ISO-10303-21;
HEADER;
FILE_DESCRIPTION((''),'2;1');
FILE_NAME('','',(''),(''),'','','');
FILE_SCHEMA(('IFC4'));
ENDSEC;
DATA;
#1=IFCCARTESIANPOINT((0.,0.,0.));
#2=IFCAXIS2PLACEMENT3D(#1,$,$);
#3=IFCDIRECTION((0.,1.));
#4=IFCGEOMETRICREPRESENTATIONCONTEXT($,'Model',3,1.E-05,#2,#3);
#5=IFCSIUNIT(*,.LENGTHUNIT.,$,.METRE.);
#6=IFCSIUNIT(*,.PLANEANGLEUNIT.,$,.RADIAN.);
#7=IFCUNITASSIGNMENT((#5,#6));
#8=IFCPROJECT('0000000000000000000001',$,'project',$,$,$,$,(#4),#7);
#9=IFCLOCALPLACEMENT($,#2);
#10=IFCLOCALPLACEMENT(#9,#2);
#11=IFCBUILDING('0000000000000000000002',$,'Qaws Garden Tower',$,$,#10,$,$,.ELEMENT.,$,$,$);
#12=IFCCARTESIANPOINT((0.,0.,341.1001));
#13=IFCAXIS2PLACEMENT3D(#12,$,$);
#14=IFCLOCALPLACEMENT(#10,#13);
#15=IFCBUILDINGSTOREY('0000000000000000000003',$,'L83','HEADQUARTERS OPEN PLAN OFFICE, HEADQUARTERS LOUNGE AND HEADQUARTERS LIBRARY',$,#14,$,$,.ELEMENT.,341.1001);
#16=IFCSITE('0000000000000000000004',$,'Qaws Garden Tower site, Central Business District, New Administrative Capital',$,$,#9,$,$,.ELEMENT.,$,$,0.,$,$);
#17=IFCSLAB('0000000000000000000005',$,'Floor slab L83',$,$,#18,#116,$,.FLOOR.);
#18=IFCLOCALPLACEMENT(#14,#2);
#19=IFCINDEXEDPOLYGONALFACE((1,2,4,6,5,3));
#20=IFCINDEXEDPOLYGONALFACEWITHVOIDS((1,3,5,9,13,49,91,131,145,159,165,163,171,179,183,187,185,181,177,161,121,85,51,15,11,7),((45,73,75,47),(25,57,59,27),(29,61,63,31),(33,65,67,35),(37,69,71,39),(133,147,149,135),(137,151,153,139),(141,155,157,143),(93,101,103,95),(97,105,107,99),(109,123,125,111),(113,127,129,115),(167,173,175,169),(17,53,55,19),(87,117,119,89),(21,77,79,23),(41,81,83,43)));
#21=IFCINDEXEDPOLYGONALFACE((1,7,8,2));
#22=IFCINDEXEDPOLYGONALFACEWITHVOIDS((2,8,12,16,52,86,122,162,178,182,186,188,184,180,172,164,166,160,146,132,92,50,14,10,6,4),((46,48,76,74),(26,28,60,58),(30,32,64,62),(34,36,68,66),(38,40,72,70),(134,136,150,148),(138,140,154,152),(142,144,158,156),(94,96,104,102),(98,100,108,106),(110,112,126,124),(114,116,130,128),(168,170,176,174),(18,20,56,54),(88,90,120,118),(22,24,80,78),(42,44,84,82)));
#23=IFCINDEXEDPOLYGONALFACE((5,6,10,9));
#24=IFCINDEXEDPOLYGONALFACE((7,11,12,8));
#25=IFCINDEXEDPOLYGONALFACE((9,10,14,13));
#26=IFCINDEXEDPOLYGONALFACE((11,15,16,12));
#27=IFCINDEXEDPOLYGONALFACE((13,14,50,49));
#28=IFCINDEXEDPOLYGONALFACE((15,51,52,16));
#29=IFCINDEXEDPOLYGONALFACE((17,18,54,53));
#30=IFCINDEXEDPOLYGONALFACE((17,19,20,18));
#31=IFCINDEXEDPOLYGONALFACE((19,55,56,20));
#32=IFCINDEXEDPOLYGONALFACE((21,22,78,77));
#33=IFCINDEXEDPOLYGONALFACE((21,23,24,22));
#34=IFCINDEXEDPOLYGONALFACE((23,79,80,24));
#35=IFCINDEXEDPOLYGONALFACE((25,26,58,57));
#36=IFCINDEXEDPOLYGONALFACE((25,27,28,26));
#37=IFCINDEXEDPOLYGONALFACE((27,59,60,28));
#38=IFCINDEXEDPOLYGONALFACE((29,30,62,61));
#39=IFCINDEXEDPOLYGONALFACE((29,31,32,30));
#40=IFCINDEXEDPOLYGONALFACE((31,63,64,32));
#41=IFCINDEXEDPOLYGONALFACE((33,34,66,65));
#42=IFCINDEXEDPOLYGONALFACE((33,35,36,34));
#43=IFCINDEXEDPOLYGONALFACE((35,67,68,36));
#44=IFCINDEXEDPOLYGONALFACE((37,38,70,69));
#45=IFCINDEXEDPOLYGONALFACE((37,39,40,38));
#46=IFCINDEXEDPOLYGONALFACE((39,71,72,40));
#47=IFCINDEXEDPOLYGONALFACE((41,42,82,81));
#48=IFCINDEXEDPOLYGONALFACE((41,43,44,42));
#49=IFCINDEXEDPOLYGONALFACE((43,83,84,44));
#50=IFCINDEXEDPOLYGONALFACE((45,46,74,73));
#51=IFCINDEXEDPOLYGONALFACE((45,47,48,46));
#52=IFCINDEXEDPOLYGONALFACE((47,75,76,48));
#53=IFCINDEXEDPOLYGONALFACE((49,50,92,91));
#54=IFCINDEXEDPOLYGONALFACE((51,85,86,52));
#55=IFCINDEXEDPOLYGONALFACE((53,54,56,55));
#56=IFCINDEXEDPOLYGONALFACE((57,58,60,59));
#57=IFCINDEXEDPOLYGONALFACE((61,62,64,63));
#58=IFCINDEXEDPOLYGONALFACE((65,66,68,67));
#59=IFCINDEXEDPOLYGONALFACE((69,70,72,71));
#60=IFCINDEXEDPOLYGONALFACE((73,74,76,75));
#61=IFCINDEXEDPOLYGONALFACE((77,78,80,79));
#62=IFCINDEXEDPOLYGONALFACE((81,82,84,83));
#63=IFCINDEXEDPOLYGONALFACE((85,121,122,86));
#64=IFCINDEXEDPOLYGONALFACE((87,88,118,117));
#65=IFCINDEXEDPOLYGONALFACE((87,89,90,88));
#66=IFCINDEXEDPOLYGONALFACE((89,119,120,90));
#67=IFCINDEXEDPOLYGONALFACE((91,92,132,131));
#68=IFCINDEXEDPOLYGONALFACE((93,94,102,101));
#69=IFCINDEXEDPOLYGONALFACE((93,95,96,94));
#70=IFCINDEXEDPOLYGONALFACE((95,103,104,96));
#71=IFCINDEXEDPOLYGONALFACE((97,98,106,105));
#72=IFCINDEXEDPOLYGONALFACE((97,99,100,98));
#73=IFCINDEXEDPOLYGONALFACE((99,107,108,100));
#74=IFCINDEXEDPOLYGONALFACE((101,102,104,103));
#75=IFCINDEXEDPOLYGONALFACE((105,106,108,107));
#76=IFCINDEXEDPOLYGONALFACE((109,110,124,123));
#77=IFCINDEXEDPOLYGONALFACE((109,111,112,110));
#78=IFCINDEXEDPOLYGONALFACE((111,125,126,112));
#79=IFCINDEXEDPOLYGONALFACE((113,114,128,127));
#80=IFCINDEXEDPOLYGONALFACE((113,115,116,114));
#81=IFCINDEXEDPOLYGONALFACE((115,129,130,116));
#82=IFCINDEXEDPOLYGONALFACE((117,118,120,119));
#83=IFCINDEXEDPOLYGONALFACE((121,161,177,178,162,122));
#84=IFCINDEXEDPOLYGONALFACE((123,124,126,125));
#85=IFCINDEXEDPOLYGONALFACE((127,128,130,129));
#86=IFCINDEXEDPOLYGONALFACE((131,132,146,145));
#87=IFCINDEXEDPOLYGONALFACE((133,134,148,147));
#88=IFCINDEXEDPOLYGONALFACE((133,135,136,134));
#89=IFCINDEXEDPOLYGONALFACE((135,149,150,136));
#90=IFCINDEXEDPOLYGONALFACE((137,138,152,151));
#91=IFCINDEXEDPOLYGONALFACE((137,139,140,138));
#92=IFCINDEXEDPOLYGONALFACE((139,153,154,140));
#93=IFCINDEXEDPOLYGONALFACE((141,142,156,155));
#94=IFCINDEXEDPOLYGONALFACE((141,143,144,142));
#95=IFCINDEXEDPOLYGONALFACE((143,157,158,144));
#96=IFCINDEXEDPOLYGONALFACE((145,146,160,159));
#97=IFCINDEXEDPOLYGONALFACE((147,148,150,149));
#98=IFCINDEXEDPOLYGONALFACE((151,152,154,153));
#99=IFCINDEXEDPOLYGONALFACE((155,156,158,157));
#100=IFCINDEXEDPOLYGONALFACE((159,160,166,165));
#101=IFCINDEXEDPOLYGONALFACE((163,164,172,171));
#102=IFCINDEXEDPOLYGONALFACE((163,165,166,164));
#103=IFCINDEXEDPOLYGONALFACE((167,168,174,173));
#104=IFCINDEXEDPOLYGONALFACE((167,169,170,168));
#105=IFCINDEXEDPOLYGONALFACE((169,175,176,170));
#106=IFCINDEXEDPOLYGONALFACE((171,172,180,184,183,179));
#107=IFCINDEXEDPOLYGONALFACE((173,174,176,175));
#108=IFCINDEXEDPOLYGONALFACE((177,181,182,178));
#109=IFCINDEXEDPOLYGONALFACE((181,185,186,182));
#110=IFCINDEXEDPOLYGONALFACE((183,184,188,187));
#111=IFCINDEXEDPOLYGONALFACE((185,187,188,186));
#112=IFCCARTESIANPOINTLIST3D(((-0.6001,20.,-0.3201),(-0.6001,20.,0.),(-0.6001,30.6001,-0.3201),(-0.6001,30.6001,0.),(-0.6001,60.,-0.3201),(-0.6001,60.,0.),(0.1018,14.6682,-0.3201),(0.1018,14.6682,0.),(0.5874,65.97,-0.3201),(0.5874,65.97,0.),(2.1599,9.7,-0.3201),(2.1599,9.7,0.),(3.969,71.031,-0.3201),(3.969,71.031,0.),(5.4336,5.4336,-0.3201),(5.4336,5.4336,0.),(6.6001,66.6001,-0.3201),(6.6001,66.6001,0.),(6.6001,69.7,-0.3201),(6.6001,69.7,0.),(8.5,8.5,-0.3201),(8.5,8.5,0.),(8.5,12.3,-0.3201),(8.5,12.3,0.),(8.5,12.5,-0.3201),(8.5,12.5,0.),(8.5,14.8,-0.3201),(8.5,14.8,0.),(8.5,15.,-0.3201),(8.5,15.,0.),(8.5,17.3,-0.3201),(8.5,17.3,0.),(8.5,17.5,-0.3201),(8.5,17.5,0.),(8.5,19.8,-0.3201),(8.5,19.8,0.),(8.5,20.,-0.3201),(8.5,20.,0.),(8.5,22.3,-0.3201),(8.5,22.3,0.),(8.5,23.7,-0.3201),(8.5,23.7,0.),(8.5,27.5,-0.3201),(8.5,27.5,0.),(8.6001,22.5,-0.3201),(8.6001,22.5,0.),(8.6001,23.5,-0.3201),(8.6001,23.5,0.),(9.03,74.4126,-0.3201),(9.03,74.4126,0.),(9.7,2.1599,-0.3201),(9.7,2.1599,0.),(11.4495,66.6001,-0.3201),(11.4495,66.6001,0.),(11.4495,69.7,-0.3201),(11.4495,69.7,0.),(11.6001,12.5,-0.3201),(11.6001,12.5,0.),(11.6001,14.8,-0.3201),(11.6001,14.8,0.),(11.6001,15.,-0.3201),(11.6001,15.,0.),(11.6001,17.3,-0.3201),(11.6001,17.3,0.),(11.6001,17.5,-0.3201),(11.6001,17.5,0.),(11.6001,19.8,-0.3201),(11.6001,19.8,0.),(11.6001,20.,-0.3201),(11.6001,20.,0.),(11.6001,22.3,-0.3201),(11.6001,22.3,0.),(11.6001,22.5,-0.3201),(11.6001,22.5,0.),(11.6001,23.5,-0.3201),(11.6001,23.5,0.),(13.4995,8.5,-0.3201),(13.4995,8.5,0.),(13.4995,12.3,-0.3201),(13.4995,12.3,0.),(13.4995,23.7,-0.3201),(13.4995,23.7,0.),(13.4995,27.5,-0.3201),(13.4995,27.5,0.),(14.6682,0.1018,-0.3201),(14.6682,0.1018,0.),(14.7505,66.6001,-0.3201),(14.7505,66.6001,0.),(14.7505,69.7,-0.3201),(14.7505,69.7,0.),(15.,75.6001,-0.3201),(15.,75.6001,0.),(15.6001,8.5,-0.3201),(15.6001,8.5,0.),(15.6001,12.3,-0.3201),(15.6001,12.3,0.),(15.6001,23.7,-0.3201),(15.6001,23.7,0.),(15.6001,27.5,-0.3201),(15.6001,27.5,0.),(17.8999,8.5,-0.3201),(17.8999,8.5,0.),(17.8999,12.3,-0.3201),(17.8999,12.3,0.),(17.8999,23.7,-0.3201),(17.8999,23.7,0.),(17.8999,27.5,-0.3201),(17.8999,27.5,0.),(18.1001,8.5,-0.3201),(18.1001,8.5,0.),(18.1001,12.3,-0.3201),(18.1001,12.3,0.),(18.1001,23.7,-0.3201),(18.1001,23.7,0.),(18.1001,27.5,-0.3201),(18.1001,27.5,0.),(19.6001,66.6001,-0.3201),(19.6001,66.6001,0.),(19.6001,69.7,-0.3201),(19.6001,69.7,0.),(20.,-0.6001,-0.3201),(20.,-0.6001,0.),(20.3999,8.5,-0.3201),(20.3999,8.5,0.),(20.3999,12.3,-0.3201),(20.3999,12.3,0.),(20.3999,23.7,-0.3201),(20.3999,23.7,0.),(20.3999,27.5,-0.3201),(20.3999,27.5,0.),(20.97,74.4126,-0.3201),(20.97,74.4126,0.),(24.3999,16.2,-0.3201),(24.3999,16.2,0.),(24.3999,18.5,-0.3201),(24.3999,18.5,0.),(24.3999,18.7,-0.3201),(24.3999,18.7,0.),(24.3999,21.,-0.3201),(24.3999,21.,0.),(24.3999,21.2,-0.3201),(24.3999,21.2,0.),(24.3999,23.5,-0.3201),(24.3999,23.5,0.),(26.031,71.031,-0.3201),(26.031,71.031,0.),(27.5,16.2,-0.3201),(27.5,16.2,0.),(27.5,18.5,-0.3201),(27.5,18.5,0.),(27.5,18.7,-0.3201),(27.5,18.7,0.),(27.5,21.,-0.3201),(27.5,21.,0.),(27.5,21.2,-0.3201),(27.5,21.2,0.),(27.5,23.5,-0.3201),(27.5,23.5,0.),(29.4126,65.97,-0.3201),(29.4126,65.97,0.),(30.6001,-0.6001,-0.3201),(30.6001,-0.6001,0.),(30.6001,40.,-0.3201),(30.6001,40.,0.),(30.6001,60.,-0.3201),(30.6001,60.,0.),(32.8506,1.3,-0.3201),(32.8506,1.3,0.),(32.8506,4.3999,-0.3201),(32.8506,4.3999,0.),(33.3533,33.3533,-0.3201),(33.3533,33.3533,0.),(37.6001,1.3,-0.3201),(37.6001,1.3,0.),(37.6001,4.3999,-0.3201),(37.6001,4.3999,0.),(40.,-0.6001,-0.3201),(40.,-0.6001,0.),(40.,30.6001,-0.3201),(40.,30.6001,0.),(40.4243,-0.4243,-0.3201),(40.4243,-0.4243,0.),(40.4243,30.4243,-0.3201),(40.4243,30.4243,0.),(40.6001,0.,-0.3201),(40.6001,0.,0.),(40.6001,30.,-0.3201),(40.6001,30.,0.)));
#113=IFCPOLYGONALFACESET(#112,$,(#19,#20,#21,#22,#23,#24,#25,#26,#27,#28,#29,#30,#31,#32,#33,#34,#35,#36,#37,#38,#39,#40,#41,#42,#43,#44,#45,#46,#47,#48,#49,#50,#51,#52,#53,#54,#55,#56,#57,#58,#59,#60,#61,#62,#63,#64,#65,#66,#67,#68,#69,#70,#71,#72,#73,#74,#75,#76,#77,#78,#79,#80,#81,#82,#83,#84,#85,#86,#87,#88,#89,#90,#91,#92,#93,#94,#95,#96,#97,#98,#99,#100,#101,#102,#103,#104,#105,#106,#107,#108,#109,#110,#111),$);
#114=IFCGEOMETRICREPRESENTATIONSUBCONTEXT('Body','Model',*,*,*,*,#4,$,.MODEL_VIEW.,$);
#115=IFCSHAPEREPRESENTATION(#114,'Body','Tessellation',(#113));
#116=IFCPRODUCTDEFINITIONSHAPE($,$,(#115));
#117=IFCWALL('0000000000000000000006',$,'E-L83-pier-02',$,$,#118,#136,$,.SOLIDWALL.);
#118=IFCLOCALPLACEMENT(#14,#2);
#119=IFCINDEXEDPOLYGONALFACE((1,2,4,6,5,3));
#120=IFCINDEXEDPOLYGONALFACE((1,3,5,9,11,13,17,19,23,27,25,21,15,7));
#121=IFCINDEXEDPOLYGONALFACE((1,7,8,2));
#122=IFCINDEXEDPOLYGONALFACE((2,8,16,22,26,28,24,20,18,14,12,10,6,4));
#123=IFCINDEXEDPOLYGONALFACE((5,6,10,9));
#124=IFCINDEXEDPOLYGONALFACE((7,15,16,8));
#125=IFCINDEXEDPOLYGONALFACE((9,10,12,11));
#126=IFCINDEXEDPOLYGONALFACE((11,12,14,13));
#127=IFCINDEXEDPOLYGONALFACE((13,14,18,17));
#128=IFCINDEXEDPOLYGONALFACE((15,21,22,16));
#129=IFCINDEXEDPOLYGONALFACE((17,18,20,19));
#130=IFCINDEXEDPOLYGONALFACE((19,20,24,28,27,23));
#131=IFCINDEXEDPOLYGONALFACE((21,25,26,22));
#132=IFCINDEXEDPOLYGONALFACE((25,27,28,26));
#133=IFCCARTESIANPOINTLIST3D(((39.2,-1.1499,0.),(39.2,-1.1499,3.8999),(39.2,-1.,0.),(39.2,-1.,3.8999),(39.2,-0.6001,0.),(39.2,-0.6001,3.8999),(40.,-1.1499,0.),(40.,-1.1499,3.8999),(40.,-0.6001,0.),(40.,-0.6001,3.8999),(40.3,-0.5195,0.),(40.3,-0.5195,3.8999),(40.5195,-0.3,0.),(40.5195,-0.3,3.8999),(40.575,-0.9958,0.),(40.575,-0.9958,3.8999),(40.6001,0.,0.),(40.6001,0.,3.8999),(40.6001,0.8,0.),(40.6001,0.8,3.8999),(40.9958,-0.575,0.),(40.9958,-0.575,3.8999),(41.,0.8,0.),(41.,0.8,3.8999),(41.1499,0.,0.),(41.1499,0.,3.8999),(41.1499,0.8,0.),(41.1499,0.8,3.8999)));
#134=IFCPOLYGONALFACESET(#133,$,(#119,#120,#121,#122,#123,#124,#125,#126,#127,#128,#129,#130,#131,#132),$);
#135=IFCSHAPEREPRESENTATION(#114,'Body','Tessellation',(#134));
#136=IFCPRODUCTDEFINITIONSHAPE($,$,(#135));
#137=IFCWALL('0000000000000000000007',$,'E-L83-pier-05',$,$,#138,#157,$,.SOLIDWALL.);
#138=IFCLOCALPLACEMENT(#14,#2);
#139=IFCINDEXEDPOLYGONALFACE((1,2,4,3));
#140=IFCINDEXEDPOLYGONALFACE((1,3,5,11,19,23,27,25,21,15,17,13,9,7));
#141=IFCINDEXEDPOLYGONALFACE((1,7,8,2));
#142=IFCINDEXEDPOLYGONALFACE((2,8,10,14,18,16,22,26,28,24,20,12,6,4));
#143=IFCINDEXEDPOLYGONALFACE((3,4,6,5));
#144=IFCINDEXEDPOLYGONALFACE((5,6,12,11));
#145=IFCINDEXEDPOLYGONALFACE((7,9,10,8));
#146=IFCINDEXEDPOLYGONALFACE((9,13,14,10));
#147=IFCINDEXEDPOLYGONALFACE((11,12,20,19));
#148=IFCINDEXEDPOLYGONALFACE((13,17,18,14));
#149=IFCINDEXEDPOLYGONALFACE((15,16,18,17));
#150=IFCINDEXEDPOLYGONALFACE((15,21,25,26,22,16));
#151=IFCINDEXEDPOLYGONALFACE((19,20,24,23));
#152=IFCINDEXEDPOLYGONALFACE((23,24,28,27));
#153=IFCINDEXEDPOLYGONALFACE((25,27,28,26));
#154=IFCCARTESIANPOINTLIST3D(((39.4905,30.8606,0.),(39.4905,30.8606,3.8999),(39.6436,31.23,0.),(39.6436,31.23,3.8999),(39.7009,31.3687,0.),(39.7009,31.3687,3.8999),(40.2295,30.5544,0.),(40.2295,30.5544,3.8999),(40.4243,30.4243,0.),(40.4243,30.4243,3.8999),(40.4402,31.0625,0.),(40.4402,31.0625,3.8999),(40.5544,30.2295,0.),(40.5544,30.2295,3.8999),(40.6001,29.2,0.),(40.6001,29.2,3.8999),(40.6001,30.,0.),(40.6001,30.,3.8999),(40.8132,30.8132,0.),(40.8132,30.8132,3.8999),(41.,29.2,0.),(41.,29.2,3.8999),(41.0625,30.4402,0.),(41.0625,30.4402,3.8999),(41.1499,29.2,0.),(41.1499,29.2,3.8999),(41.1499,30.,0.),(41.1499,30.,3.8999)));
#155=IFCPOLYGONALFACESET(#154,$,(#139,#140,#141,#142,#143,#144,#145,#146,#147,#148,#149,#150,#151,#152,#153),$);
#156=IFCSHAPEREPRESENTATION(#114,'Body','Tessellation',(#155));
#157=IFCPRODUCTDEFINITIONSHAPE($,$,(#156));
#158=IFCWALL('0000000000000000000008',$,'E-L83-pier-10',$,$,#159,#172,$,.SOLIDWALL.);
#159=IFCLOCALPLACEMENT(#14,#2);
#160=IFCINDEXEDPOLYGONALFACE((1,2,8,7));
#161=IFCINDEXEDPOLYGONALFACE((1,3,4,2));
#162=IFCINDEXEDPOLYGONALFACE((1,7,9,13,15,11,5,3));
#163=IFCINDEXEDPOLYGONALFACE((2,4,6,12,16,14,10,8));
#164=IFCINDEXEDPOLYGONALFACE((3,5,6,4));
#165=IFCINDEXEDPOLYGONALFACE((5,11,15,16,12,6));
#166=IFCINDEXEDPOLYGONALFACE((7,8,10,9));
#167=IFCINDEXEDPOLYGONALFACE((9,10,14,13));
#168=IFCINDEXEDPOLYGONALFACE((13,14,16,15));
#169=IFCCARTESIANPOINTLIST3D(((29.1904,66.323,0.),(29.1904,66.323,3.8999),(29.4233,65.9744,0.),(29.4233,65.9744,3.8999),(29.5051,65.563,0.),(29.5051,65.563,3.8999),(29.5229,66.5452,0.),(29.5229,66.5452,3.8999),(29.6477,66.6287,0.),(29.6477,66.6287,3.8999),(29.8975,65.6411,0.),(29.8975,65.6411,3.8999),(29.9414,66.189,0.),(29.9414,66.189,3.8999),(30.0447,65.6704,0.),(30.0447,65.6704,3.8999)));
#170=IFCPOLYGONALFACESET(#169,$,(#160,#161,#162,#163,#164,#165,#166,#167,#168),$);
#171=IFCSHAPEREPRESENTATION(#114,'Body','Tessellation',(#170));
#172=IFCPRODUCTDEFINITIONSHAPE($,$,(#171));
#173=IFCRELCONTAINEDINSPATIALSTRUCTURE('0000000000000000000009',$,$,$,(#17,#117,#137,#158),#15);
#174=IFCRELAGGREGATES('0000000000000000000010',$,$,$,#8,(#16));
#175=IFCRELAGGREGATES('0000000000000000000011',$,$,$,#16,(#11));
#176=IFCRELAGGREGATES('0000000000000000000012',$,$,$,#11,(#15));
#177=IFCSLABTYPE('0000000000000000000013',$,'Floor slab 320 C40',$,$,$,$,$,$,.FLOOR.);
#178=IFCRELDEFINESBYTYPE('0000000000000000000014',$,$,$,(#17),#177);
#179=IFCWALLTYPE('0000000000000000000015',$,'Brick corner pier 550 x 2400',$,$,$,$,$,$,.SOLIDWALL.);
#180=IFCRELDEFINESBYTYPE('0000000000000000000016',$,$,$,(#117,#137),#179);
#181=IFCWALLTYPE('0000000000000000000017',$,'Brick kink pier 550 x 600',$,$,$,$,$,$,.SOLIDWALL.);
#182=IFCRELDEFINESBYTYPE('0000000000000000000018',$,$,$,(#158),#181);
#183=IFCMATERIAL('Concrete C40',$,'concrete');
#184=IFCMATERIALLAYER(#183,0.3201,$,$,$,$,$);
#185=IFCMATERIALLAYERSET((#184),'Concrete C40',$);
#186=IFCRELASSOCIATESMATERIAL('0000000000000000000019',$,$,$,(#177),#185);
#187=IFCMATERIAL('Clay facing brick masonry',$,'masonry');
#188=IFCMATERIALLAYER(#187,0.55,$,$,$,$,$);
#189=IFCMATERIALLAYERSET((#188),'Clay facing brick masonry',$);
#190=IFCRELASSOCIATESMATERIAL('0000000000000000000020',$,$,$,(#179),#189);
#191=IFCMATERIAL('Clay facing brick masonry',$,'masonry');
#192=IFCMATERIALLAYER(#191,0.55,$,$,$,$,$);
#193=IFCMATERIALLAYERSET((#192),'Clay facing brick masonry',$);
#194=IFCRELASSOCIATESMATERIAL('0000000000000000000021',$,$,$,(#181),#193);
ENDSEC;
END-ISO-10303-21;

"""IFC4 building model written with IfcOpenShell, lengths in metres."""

from ifc_helpers import new_model, si_unit, direction, frame, origin, place, context, subcontext, project, spatial, polyline, outline, extrude, material, layer, layer_set, type_object, element, save


model = new_model("IFC4")

# Units and contexts
model_context = context("Model", 3, precision=1e-05, world=origin(), true_north=direction((0.0, 1.0)))
body_context = subcontext(model_context, "Body", "Model", "MODEL_VIEW")
ifc_project = project(units=[si_unit("LENGTHUNIT", "METRE"), si_unit("PLANEANGLEUNIT", "RADIAN")], contexts=[model_context])

# Site, building, storey
site_placement = place(None, origin())
site = spatial("IfcSite", under=ifc_project, at=site_placement, Name="Qaws Garden Tower site, Central Business District, New Administrative Capital", CompositionType="ELEMENT", RefElevation=0.0)
building_placement = place(site_placement, origin())
building = spatial("IfcBuilding", under=site, at=building_placement, Name="Qaws Garden Tower", CompositionType="ELEMENT")
storey_placement = place(building_placement, frame((0.0, 0.0, 341.1001)))
storey = spatial("IfcBuildingStorey", under=building, at=storey_placement, Name="L83", Description="HEADQUARTERS OPEN PLAN OFFICE, HEADQUARTERS LOUNGE AND HEADQUARTERS LIBRARY", CompositionType="ELEMENT", Elevation=341.1001)

# Slab
ifc_material_1 = material(Name="Concrete C40", Category="concrete")
ifc_layer_1 = layer(ifc_material_1, 0.3201)
ifc_layer_set_1 = layer_set([ifc_layer_1], Name="Concrete C40")
slab_type = type_object("IfcSlabType", Name="Floor slab 320 C40", PredefinedType="FLOOR", material=ifc_layer_set_1)
slab_placement = place(storey_placement, frame((0.0, 0.0, -0.3201)))
element("IfcSlab", 1, at=slab_placement, inside=storey, type_object=slab_type, Name="Floor slab L83", PredefinedType="FLOOR", context=body_context, shape_type="SweptSolid", body=[
    extrude(outline(polyline([(0.1018, 14.6682), (-0.6001, 20.0), (-0.6001, 30.6001), (-0.6001, 60.0), (-0.6001, 60.0), (0.5874, 65.97), (3.969, 71.031), (9.03, 74.4126), (15.0, 75.6001), (20.97, 74.4126), (26.031, 71.031), (29.4126, 65.97), (30.6001, 60.0), (30.6001, 40.0), (33.3533, 33.3533), (40.0, 30.6001), (40.4243, 30.4243), (40.6001, 30.0), (40.6001, 0.0), (40.4243, -0.4243), (40.0, -0.6001), (30.6001, -0.6001), (20.0, -0.6001), (14.6682, 0.1018), (9.7, 2.1599), (5.4336, 5.4336), (2.1599, 9.7), (0.1018, 14.6682)]), holes=[polyline([(13.4995, 12.3), (8.5, 12.3), (8.5, 8.5), (13.4995, 8.5), (13.4995, 12.3)]), polyline([(17.8999, 12.3), (15.6001, 12.3), (15.6001, 8.5), (17.8999, 8.5), (17.8999, 12.3)]), polyline([(11.6001, 14.8), (8.5, 14.8), (8.5, 12.5), (11.6001, 12.5), (11.6001, 14.8)]), polyline([(11.6001, 17.3), (8.5, 17.3), (8.5, 15.0), (11.6001, 15.0), (11.6001, 17.3)]), polyline([(11.6001, 19.8), (8.5, 19.8), (8.5, 17.5), (11.6001, 17.5), (11.6001, 19.8)]), polyline([(11.6001, 22.3), (8.5, 22.3), (8.5, 20.0), (11.6001, 20.0), (11.6001, 22.3)]), polyline([(11.6001, 23.5), (8.6001, 23.5), (8.6001, 22.5), (11.6001, 22.5), (11.6001, 23.5)]), polyline([(13.4995, 27.5), (8.5, 27.5), (8.5, 23.7), (13.4995, 23.7), (13.4995, 27.5)]), polyline([(11.4495, 69.7), (6.6001, 69.7), (6.6001, 66.6001), (11.4495, 66.6001), (11.4495, 69.7)]), polyline([(37.6001, 4.3999), (32.8506, 4.3999), (32.8506, 1.3), (37.6001, 1.3), (37.6001, 4.3999)]), polyline([(20.3999, 12.3), (18.1001, 12.3), (18.1001, 8.5), (20.3999, 8.5), (20.3999, 12.3)]), polyline([(27.5, 18.5), (24.3999, 18.5), (24.3999, 16.2), (27.5, 16.2), (27.5, 18.5)]), polyline([(27.5, 21.0), (24.3999, 21.0), (24.3999, 18.7), (27.5, 18.7), (27.5, 21.0)]), polyline([(27.5, 23.5), (24.3999, 23.5), (24.3999, 21.2), (27.5, 21.2), (27.5, 23.5)]), polyline([(17.8999, 27.5), (15.6001, 27.5), (15.6001, 23.7), (17.8999, 23.7), (17.8999, 27.5)]), polyline([(20.3999, 23.7), (20.3999, 27.5), (18.1001, 27.5), (18.1001, 23.7), (20.3999, 23.7)]), polyline([(19.6001, 66.6001), (19.6001, 69.7), (14.7505, 69.7), (14.7505, 66.6001), (19.6001, 66.6001)])]), origin(), (0.0, 0.0, 1.0), 0.3201),
])

# Walls
ifc_material_2 = material(Name="Clay facing brick masonry", Category="masonry")
ifc_layer_2 = layer(ifc_material_2, 0.55)
ifc_layer_set_2 = layer_set([ifc_layer_2], Name="Clay facing brick masonry")
wall_type_1 = type_object("IfcWallType", Name="Brick corner pier 550 x 2400", PredefinedType="SOLIDWALL", material=ifc_layer_set_2)
placement = place(storey_placement, origin())
element("IfcWall", 2, at=placement, inside=storey, type_object=wall_type_1, Name="E-L83-pier-02", PredefinedType="SOLIDWALL", context=body_context, shape_type="SweptSolid", body=[
    extrude(outline(polyline([(39.2, -1.0), (39.2, -1.1499), (40.0, -1.1499), (40.575, -0.9958), (40.9958, -0.575), (41.1499, 0.0), (41.1499, 0.8), (41.0, 0.8), (40.6001, 0.8), (40.6001, 0.0), (40.5195, -0.3), (40.3, -0.5195), (40.0, -0.6001), (39.2, -0.6001), (39.2, -1.0)])), origin(), (0.0, 0.0, 1.0), 3.8999),
])
element("IfcWall", 3, at=placement, inside=storey, type_object=wall_type_1, Name="E-L83-pier-05", PredefinedType="SOLIDWALL", context=body_context, shape_type="SweptSolid", body=[
    extrude(outline(polyline([(41.0, 29.2), (41.1499, 29.2), (41.1499, 30.0), (41.0625, 30.4402), (40.8132, 30.8132), (40.4402, 31.0625), (39.7009, 31.3687), (39.6436, 31.23), (39.4905, 30.8606), (40.2295, 30.5544), (40.4243, 30.4243), (40.5544, 30.2295), (40.6001, 30.0), (40.6001, 29.2), (41.0, 29.2)])), origin(), (0.0, 0.0, 1.0), 3.8999),
])
ifc_material_3 = material(Name="Clay facing brick masonry", Category="masonry")
ifc_layer_3 = layer(ifc_material_3, 0.55)
ifc_layer_set_3 = layer_set([ifc_layer_3], Name="Clay facing brick masonry")
wall_type_2 = type_object("IfcWallType", Name="Brick kink pier 550 x 600", PredefinedType="SOLIDWALL", material=ifc_layer_set_3)
element("IfcWall", 4, at=placement, inside=storey, type_object=wall_type_2, Name="E-L83-pier-10", PredefinedType="SOLIDWALL", context=body_context, shape_type="SweptSolid", body=[
    extrude(outline(polyline([(29.8975, 65.6411), (30.0447, 65.6704), (29.9414, 66.189), (29.6477, 66.6287), (29.5229, 66.5452), (29.1904, 66.323), (29.4233, 65.9744), (29.5051, 65.563), (29.8975, 65.6411)])), origin(), (0.0, 0.0, 1.0), 3.8999),
])

save(model, "model.ifc")
